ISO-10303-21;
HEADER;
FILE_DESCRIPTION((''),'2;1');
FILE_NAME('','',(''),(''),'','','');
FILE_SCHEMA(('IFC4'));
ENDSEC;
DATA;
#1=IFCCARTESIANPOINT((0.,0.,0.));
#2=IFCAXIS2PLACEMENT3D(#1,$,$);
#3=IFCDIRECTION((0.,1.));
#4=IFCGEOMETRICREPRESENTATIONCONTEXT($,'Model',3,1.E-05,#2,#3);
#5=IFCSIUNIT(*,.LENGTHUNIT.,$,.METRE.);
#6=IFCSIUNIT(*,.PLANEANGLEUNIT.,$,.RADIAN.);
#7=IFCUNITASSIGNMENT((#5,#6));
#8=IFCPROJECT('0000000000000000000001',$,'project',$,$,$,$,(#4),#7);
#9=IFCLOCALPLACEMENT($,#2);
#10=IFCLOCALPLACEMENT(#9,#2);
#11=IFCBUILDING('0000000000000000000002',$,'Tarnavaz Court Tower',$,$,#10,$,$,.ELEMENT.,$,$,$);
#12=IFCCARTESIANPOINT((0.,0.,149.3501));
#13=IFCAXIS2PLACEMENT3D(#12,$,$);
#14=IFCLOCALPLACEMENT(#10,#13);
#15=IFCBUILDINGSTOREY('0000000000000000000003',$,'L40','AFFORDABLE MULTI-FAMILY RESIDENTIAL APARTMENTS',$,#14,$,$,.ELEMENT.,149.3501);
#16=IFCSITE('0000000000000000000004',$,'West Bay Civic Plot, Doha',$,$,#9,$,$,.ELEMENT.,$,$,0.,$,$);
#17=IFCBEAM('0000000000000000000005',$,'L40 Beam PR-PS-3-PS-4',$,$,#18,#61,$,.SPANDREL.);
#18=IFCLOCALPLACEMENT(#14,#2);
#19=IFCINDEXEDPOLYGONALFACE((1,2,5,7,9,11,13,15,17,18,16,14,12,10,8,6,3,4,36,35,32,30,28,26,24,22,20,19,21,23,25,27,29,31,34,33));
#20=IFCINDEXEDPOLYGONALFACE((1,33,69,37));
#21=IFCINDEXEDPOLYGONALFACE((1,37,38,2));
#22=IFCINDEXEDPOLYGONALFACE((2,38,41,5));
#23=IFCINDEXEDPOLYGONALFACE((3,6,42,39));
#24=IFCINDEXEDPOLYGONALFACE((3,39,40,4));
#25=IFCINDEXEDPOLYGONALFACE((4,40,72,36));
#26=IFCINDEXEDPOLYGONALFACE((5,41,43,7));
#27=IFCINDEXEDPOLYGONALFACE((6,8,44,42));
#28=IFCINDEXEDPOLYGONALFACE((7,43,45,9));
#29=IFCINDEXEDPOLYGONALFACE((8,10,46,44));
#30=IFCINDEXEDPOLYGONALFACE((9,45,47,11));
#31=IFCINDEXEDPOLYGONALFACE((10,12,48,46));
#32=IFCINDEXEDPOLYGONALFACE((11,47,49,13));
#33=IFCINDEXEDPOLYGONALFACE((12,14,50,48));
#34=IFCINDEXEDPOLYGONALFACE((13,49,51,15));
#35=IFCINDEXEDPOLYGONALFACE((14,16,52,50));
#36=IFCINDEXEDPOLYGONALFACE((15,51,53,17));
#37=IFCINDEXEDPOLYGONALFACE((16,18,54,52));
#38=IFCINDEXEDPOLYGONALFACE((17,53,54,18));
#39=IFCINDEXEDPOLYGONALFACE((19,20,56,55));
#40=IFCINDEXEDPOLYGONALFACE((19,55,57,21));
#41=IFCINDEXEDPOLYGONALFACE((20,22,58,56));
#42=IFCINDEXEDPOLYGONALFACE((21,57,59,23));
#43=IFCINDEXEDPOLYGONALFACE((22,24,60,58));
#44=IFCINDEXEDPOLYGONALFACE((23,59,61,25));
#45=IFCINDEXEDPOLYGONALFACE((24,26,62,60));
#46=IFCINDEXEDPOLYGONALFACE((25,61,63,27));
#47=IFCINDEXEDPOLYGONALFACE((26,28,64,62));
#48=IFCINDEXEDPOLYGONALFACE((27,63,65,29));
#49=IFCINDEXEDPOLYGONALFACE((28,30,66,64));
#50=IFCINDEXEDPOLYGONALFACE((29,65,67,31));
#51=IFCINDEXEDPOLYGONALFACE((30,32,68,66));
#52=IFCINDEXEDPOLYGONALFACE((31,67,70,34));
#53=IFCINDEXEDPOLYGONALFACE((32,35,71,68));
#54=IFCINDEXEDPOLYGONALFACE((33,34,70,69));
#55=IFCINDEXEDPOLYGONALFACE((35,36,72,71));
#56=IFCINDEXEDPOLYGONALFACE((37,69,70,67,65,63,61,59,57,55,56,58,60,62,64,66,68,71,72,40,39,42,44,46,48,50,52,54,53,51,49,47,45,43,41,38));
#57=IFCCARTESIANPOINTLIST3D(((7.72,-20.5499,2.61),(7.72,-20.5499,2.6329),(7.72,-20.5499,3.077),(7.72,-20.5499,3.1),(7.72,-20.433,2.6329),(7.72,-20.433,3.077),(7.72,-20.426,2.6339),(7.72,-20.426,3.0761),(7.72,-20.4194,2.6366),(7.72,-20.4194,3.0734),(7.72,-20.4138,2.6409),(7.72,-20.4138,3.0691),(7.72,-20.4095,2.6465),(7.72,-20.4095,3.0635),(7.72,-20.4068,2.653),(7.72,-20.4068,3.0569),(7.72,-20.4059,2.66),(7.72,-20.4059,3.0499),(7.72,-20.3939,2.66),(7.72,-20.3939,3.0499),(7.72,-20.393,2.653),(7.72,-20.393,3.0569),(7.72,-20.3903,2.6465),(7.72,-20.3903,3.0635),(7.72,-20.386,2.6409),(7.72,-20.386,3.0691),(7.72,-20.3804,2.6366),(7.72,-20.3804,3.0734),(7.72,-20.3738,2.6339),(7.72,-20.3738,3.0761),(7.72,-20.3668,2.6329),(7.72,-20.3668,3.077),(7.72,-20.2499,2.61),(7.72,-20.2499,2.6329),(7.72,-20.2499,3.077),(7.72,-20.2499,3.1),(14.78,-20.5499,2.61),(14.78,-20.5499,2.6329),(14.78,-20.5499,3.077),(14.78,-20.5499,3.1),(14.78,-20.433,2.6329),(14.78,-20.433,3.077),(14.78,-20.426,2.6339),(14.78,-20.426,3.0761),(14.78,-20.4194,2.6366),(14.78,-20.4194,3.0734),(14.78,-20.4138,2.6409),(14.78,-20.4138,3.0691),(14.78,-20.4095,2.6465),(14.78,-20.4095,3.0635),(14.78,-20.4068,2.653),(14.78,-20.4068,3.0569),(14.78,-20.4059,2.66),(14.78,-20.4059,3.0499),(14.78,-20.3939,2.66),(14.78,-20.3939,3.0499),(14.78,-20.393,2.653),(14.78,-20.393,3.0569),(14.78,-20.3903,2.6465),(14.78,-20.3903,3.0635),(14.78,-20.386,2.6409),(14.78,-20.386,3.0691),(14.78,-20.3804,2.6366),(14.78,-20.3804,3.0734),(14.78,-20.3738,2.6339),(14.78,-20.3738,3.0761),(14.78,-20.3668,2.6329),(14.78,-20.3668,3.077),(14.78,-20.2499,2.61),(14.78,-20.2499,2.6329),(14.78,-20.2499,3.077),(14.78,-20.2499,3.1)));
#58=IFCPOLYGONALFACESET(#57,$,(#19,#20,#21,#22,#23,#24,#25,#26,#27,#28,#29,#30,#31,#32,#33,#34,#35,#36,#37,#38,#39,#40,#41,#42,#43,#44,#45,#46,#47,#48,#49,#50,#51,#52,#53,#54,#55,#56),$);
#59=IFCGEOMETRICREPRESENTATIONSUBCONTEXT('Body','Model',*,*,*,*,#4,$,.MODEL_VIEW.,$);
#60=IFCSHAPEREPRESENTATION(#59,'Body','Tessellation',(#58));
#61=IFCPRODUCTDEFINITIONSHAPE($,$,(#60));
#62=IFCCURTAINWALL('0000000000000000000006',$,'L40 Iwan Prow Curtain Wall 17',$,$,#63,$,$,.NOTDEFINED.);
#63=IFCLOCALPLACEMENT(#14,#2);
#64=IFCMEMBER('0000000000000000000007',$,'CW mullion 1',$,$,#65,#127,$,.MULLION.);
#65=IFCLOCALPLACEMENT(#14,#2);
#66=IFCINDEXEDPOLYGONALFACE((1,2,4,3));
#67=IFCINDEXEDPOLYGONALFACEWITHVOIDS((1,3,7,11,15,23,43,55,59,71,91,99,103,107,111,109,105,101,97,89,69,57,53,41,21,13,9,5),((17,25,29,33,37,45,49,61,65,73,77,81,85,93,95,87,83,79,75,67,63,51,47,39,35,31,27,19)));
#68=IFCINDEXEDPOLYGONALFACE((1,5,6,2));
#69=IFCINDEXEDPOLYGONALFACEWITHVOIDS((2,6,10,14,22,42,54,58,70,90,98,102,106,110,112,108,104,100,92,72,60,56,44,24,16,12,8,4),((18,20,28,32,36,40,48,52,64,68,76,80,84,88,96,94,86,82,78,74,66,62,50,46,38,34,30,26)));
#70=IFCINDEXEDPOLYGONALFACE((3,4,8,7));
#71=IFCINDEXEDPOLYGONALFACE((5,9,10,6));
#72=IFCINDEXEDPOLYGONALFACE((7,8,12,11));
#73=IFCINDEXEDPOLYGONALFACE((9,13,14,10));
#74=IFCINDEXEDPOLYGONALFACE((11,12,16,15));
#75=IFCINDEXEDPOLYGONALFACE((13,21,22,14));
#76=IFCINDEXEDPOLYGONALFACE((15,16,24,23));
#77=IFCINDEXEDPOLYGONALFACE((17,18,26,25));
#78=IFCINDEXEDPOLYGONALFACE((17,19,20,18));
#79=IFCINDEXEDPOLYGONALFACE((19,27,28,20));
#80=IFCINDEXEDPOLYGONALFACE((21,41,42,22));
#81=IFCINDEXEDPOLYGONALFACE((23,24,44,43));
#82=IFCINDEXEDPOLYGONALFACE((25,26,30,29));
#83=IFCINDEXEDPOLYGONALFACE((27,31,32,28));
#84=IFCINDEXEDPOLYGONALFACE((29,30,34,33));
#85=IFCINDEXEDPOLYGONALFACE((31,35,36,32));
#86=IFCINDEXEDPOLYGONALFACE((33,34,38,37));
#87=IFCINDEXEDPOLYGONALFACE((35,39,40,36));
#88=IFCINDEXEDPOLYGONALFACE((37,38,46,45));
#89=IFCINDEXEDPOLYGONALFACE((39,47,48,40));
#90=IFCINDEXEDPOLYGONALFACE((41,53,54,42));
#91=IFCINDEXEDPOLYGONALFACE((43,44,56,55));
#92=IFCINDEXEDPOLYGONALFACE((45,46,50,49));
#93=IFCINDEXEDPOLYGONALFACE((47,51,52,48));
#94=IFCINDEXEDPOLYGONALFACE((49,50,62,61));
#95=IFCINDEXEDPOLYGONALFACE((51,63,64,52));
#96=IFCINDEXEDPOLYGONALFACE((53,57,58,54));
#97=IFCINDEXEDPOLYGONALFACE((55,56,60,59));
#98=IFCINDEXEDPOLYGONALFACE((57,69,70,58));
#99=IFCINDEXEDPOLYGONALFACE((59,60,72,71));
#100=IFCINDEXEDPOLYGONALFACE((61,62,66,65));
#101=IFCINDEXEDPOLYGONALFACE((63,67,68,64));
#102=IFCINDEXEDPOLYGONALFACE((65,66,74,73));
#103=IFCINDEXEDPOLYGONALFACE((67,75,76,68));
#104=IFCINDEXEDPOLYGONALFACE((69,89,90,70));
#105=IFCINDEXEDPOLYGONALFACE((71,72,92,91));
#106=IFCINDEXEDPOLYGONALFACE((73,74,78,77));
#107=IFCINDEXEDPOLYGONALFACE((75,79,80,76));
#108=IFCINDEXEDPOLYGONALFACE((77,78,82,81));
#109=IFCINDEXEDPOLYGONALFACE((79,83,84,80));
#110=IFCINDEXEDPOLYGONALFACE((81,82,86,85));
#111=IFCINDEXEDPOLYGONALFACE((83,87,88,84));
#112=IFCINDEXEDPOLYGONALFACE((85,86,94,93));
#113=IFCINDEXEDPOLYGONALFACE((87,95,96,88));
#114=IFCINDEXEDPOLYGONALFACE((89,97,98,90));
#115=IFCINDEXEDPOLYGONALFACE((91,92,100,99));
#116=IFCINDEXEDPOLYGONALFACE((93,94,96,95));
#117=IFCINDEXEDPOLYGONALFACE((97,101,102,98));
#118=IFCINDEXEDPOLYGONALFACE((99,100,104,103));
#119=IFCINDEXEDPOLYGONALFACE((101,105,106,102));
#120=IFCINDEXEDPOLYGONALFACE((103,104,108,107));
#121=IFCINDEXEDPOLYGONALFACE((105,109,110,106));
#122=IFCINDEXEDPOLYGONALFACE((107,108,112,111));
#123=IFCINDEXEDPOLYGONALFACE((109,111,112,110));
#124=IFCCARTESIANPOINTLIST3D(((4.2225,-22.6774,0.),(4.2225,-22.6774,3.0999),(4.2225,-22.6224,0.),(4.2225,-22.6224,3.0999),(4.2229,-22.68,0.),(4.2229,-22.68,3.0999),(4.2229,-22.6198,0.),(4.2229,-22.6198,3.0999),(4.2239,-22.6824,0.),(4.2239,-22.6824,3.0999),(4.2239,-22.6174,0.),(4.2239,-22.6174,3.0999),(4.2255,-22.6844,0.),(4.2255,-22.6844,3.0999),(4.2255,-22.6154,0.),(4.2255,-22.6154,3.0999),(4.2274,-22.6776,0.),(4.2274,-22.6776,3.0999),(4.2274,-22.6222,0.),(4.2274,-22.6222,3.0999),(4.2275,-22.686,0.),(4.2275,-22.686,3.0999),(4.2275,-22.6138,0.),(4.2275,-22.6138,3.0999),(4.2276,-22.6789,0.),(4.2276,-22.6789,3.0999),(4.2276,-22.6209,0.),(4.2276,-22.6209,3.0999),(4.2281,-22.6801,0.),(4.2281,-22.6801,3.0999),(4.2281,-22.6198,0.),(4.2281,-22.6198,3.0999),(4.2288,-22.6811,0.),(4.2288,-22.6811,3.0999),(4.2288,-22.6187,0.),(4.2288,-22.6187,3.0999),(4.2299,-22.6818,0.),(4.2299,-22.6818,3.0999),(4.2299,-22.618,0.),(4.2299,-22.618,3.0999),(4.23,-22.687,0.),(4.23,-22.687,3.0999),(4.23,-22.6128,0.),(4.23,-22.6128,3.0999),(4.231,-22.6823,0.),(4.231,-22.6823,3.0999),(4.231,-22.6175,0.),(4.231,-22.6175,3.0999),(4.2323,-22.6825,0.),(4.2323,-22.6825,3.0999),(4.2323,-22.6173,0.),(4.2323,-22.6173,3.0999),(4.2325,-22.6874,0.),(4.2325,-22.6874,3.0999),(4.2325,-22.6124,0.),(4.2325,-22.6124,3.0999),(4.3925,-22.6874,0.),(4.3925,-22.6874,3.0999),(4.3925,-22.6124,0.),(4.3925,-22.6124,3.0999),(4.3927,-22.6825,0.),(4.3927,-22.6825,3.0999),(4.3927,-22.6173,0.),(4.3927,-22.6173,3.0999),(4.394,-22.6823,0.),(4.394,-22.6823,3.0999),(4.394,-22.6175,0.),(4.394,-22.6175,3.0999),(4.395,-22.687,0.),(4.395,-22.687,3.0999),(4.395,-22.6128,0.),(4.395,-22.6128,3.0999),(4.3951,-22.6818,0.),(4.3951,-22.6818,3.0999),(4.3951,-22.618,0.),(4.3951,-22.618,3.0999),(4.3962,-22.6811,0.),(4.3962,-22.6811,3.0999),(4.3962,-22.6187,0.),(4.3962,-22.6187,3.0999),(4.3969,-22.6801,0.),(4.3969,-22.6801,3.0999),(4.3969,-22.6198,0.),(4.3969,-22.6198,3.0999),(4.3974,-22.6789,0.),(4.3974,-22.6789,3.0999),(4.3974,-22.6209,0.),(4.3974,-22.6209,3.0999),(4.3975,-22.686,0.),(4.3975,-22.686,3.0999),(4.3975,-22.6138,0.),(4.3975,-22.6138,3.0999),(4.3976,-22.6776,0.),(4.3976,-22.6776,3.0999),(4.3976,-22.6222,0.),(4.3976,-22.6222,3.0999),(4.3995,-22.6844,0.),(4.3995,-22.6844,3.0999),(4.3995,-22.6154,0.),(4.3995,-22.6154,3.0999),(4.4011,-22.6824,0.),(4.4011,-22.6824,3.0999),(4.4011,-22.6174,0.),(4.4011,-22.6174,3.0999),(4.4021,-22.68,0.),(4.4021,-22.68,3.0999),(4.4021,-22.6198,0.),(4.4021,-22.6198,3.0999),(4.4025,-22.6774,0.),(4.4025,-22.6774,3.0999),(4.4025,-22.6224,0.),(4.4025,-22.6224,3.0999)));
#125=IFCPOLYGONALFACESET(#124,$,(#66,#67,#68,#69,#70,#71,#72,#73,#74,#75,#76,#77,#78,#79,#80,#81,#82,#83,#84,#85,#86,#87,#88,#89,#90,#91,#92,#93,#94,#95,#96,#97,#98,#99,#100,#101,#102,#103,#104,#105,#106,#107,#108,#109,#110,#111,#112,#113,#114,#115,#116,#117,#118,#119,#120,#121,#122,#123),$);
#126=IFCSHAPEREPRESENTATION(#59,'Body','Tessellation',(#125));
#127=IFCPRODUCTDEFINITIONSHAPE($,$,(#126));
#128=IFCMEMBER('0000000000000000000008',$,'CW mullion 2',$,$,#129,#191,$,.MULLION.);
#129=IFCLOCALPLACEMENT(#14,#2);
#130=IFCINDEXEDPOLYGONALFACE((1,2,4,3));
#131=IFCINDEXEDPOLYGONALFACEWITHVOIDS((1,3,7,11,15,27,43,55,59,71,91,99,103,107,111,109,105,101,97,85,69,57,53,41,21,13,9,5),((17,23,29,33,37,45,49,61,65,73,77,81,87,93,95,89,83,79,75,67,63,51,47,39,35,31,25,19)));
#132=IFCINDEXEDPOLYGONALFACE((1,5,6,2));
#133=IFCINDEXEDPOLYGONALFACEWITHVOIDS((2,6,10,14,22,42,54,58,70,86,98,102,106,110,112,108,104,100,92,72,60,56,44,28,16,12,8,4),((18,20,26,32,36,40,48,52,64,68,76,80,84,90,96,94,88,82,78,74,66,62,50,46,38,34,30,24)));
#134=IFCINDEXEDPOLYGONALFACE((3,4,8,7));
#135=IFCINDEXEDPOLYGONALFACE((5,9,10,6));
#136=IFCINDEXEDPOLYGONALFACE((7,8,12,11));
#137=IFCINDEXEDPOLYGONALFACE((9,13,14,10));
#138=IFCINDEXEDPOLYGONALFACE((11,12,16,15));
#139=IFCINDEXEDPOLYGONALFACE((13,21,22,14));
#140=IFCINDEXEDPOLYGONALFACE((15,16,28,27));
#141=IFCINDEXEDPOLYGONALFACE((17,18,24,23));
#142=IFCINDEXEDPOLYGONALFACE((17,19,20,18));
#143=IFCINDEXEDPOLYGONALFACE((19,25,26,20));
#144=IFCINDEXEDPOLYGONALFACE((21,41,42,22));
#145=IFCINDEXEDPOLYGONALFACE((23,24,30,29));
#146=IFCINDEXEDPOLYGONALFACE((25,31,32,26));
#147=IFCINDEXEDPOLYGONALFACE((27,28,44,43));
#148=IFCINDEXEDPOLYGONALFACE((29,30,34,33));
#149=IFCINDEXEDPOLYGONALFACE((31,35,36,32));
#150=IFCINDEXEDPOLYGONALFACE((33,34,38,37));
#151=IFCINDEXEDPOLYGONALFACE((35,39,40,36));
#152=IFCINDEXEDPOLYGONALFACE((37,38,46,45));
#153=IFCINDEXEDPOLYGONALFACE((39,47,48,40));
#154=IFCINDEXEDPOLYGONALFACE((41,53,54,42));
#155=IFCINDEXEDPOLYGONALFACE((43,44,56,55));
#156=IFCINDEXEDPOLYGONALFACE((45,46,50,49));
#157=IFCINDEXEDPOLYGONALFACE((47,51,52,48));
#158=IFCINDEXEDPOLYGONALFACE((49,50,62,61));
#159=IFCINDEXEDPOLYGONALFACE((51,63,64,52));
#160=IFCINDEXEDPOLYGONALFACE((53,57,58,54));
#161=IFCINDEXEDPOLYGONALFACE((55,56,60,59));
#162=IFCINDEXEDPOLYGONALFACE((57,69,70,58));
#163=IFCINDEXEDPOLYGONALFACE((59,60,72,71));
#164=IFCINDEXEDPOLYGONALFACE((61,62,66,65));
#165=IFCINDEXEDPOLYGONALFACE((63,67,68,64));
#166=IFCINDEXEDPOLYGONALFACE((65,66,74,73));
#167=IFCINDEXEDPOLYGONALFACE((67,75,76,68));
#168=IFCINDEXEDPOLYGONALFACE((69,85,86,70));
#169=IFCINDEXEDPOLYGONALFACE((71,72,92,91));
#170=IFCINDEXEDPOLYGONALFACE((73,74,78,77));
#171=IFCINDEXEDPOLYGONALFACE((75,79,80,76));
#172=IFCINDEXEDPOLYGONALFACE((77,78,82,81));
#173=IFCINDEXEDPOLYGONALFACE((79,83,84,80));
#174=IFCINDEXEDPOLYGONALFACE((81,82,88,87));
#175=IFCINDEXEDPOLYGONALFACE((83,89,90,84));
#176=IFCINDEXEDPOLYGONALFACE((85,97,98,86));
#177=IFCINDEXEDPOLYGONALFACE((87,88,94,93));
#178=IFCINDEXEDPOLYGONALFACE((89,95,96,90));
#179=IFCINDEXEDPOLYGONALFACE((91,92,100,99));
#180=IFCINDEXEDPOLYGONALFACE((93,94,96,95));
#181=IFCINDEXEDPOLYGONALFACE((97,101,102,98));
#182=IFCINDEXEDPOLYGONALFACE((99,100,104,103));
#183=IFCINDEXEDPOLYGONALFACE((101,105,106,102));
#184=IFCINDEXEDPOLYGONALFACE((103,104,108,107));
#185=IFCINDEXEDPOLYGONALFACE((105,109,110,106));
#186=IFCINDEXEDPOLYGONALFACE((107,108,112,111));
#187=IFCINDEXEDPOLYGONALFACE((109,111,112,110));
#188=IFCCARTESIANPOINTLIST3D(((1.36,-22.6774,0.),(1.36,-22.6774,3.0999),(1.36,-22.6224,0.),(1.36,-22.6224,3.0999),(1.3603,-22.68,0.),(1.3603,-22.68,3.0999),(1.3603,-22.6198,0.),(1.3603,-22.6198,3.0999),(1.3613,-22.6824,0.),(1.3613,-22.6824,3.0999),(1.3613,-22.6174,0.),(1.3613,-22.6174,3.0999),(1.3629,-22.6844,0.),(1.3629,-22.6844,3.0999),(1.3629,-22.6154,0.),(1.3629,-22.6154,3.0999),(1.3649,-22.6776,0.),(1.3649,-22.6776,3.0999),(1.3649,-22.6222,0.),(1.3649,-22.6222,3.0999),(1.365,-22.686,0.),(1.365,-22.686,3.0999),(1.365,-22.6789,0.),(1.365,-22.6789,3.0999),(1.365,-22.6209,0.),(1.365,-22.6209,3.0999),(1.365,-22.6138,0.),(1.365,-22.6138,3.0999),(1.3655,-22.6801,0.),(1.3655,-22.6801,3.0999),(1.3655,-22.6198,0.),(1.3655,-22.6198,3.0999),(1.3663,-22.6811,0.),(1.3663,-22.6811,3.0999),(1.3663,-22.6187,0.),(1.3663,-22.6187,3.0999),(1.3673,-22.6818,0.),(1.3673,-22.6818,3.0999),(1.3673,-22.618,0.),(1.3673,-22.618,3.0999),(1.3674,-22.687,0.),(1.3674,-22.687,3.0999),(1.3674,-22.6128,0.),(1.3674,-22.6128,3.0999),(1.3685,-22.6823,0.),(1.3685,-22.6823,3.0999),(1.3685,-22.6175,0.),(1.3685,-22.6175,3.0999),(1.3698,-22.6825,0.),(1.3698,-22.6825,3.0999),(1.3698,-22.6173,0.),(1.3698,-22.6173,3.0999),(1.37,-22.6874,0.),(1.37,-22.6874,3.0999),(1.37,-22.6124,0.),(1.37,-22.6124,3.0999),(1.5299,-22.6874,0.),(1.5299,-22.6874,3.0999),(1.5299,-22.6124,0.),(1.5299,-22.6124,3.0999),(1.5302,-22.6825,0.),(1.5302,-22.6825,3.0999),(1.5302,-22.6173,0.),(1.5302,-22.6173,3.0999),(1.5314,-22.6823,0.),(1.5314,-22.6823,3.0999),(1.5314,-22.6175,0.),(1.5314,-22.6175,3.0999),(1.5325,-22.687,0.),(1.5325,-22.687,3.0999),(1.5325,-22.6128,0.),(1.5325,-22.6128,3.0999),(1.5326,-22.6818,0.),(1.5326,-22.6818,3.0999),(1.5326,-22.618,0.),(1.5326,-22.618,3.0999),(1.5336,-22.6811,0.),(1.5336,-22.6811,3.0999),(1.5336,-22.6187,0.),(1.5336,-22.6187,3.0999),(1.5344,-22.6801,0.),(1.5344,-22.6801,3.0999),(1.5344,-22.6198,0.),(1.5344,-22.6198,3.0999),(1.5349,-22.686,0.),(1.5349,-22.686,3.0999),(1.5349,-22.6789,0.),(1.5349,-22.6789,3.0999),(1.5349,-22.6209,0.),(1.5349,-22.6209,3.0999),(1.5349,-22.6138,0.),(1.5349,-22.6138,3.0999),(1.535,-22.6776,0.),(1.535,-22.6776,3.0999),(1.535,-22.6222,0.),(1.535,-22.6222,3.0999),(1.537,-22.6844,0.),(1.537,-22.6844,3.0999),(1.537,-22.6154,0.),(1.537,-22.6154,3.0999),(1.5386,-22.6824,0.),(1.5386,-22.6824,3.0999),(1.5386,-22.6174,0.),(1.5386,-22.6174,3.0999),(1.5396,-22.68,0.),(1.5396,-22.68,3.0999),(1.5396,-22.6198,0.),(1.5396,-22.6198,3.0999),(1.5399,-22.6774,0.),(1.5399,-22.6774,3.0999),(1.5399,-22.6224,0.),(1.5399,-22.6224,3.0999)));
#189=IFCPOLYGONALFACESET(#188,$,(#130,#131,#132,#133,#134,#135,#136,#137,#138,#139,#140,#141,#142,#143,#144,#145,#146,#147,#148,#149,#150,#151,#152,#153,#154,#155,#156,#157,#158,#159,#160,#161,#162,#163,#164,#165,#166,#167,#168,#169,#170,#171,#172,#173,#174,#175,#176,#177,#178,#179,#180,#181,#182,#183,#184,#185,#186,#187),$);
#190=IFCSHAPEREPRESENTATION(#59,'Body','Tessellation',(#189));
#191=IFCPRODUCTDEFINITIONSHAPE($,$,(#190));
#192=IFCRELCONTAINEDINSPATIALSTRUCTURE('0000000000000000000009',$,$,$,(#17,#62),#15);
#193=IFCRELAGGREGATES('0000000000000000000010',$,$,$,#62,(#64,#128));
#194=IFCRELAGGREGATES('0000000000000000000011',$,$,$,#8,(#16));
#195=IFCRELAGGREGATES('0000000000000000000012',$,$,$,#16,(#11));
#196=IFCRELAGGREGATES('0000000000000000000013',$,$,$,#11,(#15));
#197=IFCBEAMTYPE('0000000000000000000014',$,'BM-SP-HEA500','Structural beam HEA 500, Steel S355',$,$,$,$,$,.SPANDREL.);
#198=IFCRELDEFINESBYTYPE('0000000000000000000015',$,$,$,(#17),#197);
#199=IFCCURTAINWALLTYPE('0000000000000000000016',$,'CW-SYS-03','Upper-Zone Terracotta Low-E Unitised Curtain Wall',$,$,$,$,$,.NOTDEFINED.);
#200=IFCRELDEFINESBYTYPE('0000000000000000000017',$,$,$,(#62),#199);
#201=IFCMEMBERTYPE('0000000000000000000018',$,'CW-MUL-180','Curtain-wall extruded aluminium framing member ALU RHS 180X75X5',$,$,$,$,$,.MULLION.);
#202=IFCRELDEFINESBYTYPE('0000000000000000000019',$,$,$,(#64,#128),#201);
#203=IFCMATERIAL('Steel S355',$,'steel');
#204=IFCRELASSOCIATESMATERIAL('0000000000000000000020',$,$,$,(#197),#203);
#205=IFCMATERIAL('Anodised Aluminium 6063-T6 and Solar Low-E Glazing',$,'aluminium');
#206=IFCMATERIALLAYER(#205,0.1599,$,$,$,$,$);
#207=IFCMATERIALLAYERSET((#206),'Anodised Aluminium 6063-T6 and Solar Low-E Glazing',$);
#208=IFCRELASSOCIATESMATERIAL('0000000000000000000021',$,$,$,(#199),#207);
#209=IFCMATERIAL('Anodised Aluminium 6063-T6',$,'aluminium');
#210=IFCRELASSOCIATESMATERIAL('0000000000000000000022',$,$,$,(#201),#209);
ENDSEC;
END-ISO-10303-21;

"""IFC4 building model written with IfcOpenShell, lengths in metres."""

from ifc_helpers import new_model, si_unit, direction, frame, origin, origin_2d, place, context, subcontext, project, spatial, hollow_rectangle, i_section, extrude, material, layer, layer_set, material_profile, profile_set, type_object, element, aggregate, save


model = new_model("IFC4")

# Units and contexts
model_context = context("Model", 3, precision=1e-05, world=origin(), true_north=direction((0.0, 1.0)))
body_context = subcontext(model_context, "Body", "Model", "MODEL_VIEW")
ifc_project = project(units=[si_unit("LENGTHUNIT", "METRE"), si_unit("PLANEANGLEUNIT", "RADIAN")], contexts=[model_context])

# Site, building, storey
site_placement = place(None, origin())
site = spatial("IfcSite", under=ifc_project, at=site_placement, Name="West Bay Civic Plot, Doha", CompositionType="ELEMENT", RefElevation=0.0)
building_placement = place(site_placement, origin())
building = spatial("IfcBuilding", under=site, at=building_placement, Name="Tarnavaz Court Tower", CompositionType="ELEMENT")
storey_placement = place(building_placement, frame((0.0, 0.0, 149.3501)))
storey = spatial("IfcBuildingStorey", under=building, at=storey_placement, Name="L40", Description="AFFORDABLE MULTI-FAMILY RESIDENTIAL APARTMENTS", CompositionType="ELEMENT", Elevation=149.3501)

# Beam
ifc_material_1 = material(Name="Steel S355", Category="steel")
ifc_material_profile_1 = material_profile(ifc_material_1, i_section(OverallWidth=0.3, OverallDepth=0.49, WebThickness=0.012, FlangeThickness=0.0229, FilletRadius=0.0271, at=origin_2d()), Name="HEA 500")
ifc_profile_set_1 = profile_set([ifc_material_profile_1], Name="Steel S355")
beam_type_1 = type_object("IfcBeamType", Name="BM-SP-HEA500", Description="Structural beam HEA 500, Steel S355", PredefinedType="SPANDREL", material=ifc_profile_set_1)
beam_placement = place(storey_placement, frame((7.72, -20.3999, 2.855), z_axis=(1.0, 0.0, 0.0), x_axis=(0.0, 1.0, 0.0)))
element("IfcBeam", 1, at=beam_placement, inside=storey, type_object=beam_type_1, Name="L40 Beam PR-PS-3-PS-4", PredefinedType="SPANDREL", context=body_context, shape_type="SweptSolid", body=[
    extrude(i_section(OverallWidth=0.3, OverallDepth=0.49, WebThickness=0.012, FlangeThickness=0.0229, FilletRadius=0.0271, at=origin_2d()), origin(), (0.0, 0.0, 1.0), 7.0601),
])

# Curtain wall, members
ifc_material_2 = material(Name="Anodised Aluminium 6063-T6 and Solar Low-E Glazing", Category="aluminium")
ifc_layer_1 = layer(ifc_material_2, 0.1599)
ifc_layer_set_1 = layer_set([ifc_layer_1], Name="Anodised Aluminium 6063-T6 and Solar Low-E Glazing")
curtain_wall_type = type_object("IfcCurtainWallType", Name="CW-SYS-03", Description="Upper-Zone Terracotta Low-E Unitised Curtain Wall", PredefinedType="NOTDEFINED", material=ifc_layer_set_1)
curtain_wall_placement = place(storey_placement, origin())
curtain_wall = element("IfcCurtainWall", 2, at=curtain_wall_placement, inside=storey, type_object=curtain_wall_type, Name="L40 Iwan Prow Curtain Wall 17", PredefinedType="NOTDEFINED")
ifc_material_3 = material(Name="Anodised Aluminium 6063-T6", Category="aluminium")
ifc_material_profile_2 = material_profile(ifc_material_3, hollow_rectangle(XDim=0.075, YDim=0.1799, WallThickness=0.0049, InnerFilletRadius=0.0049, OuterFilletRadius=0.01, at=origin_2d()), Name="ALU RHS 180X75X5")
ifc_profile_set_2 = profile_set([ifc_material_profile_2], Name="Anodised Aluminium 6063-T6")
member_type_1 = type_object("IfcMemberType", Name="CW-MUL-180", Description="Curtain-wall extruded aluminium framing member ALU RHS 180X75X5", PredefinedType="MULLION", material=ifc_profile_set_2)
member_1_placement = place(storey_placement, frame((4.3125, -22.6499, 0.0), z_axis=(0.0, 0.0, 1.0), x_axis=(0.0, -1.0, 0.0)))
member_1 = element("IfcMember", 3, at=member_1_placement, type_object=member_type_1, Name="CW mullion 1", PredefinedType="MULLION", context=body_context, shape_type="SweptSolid", body=[
    extrude(hollow_rectangle(XDim=0.075, YDim=0.1799, WallThickness=0.0049, InnerFilletRadius=0.0049, OuterFilletRadius=0.01, at=origin_2d()), origin(), (0.0, 0.0, 1.0), 3.0999),
])
member_2_placement = place(storey_placement, frame((1.45, -22.6499, 0.0), z_axis=(0.0, 0.0, 1.0), x_axis=(0.0, -1.0, 0.0)))
member_2 = element("IfcMember", 4, at=member_2_placement, type_object=member_type_1, Name="CW mullion 2", PredefinedType="MULLION", context=body_context, shape_type="SweptSolid", body=[
    extrude(hollow_rectangle(XDim=0.075, YDim=0.1799, WallThickness=0.0049, InnerFilletRadius=0.0049, OuterFilletRadius=0.01, at=origin_2d()), origin(), (0.0, 0.0, 1.0), 3.0999),
])
aggregate(curtain_wall, [member_1, member_2])

save(model, "model.ifc")
